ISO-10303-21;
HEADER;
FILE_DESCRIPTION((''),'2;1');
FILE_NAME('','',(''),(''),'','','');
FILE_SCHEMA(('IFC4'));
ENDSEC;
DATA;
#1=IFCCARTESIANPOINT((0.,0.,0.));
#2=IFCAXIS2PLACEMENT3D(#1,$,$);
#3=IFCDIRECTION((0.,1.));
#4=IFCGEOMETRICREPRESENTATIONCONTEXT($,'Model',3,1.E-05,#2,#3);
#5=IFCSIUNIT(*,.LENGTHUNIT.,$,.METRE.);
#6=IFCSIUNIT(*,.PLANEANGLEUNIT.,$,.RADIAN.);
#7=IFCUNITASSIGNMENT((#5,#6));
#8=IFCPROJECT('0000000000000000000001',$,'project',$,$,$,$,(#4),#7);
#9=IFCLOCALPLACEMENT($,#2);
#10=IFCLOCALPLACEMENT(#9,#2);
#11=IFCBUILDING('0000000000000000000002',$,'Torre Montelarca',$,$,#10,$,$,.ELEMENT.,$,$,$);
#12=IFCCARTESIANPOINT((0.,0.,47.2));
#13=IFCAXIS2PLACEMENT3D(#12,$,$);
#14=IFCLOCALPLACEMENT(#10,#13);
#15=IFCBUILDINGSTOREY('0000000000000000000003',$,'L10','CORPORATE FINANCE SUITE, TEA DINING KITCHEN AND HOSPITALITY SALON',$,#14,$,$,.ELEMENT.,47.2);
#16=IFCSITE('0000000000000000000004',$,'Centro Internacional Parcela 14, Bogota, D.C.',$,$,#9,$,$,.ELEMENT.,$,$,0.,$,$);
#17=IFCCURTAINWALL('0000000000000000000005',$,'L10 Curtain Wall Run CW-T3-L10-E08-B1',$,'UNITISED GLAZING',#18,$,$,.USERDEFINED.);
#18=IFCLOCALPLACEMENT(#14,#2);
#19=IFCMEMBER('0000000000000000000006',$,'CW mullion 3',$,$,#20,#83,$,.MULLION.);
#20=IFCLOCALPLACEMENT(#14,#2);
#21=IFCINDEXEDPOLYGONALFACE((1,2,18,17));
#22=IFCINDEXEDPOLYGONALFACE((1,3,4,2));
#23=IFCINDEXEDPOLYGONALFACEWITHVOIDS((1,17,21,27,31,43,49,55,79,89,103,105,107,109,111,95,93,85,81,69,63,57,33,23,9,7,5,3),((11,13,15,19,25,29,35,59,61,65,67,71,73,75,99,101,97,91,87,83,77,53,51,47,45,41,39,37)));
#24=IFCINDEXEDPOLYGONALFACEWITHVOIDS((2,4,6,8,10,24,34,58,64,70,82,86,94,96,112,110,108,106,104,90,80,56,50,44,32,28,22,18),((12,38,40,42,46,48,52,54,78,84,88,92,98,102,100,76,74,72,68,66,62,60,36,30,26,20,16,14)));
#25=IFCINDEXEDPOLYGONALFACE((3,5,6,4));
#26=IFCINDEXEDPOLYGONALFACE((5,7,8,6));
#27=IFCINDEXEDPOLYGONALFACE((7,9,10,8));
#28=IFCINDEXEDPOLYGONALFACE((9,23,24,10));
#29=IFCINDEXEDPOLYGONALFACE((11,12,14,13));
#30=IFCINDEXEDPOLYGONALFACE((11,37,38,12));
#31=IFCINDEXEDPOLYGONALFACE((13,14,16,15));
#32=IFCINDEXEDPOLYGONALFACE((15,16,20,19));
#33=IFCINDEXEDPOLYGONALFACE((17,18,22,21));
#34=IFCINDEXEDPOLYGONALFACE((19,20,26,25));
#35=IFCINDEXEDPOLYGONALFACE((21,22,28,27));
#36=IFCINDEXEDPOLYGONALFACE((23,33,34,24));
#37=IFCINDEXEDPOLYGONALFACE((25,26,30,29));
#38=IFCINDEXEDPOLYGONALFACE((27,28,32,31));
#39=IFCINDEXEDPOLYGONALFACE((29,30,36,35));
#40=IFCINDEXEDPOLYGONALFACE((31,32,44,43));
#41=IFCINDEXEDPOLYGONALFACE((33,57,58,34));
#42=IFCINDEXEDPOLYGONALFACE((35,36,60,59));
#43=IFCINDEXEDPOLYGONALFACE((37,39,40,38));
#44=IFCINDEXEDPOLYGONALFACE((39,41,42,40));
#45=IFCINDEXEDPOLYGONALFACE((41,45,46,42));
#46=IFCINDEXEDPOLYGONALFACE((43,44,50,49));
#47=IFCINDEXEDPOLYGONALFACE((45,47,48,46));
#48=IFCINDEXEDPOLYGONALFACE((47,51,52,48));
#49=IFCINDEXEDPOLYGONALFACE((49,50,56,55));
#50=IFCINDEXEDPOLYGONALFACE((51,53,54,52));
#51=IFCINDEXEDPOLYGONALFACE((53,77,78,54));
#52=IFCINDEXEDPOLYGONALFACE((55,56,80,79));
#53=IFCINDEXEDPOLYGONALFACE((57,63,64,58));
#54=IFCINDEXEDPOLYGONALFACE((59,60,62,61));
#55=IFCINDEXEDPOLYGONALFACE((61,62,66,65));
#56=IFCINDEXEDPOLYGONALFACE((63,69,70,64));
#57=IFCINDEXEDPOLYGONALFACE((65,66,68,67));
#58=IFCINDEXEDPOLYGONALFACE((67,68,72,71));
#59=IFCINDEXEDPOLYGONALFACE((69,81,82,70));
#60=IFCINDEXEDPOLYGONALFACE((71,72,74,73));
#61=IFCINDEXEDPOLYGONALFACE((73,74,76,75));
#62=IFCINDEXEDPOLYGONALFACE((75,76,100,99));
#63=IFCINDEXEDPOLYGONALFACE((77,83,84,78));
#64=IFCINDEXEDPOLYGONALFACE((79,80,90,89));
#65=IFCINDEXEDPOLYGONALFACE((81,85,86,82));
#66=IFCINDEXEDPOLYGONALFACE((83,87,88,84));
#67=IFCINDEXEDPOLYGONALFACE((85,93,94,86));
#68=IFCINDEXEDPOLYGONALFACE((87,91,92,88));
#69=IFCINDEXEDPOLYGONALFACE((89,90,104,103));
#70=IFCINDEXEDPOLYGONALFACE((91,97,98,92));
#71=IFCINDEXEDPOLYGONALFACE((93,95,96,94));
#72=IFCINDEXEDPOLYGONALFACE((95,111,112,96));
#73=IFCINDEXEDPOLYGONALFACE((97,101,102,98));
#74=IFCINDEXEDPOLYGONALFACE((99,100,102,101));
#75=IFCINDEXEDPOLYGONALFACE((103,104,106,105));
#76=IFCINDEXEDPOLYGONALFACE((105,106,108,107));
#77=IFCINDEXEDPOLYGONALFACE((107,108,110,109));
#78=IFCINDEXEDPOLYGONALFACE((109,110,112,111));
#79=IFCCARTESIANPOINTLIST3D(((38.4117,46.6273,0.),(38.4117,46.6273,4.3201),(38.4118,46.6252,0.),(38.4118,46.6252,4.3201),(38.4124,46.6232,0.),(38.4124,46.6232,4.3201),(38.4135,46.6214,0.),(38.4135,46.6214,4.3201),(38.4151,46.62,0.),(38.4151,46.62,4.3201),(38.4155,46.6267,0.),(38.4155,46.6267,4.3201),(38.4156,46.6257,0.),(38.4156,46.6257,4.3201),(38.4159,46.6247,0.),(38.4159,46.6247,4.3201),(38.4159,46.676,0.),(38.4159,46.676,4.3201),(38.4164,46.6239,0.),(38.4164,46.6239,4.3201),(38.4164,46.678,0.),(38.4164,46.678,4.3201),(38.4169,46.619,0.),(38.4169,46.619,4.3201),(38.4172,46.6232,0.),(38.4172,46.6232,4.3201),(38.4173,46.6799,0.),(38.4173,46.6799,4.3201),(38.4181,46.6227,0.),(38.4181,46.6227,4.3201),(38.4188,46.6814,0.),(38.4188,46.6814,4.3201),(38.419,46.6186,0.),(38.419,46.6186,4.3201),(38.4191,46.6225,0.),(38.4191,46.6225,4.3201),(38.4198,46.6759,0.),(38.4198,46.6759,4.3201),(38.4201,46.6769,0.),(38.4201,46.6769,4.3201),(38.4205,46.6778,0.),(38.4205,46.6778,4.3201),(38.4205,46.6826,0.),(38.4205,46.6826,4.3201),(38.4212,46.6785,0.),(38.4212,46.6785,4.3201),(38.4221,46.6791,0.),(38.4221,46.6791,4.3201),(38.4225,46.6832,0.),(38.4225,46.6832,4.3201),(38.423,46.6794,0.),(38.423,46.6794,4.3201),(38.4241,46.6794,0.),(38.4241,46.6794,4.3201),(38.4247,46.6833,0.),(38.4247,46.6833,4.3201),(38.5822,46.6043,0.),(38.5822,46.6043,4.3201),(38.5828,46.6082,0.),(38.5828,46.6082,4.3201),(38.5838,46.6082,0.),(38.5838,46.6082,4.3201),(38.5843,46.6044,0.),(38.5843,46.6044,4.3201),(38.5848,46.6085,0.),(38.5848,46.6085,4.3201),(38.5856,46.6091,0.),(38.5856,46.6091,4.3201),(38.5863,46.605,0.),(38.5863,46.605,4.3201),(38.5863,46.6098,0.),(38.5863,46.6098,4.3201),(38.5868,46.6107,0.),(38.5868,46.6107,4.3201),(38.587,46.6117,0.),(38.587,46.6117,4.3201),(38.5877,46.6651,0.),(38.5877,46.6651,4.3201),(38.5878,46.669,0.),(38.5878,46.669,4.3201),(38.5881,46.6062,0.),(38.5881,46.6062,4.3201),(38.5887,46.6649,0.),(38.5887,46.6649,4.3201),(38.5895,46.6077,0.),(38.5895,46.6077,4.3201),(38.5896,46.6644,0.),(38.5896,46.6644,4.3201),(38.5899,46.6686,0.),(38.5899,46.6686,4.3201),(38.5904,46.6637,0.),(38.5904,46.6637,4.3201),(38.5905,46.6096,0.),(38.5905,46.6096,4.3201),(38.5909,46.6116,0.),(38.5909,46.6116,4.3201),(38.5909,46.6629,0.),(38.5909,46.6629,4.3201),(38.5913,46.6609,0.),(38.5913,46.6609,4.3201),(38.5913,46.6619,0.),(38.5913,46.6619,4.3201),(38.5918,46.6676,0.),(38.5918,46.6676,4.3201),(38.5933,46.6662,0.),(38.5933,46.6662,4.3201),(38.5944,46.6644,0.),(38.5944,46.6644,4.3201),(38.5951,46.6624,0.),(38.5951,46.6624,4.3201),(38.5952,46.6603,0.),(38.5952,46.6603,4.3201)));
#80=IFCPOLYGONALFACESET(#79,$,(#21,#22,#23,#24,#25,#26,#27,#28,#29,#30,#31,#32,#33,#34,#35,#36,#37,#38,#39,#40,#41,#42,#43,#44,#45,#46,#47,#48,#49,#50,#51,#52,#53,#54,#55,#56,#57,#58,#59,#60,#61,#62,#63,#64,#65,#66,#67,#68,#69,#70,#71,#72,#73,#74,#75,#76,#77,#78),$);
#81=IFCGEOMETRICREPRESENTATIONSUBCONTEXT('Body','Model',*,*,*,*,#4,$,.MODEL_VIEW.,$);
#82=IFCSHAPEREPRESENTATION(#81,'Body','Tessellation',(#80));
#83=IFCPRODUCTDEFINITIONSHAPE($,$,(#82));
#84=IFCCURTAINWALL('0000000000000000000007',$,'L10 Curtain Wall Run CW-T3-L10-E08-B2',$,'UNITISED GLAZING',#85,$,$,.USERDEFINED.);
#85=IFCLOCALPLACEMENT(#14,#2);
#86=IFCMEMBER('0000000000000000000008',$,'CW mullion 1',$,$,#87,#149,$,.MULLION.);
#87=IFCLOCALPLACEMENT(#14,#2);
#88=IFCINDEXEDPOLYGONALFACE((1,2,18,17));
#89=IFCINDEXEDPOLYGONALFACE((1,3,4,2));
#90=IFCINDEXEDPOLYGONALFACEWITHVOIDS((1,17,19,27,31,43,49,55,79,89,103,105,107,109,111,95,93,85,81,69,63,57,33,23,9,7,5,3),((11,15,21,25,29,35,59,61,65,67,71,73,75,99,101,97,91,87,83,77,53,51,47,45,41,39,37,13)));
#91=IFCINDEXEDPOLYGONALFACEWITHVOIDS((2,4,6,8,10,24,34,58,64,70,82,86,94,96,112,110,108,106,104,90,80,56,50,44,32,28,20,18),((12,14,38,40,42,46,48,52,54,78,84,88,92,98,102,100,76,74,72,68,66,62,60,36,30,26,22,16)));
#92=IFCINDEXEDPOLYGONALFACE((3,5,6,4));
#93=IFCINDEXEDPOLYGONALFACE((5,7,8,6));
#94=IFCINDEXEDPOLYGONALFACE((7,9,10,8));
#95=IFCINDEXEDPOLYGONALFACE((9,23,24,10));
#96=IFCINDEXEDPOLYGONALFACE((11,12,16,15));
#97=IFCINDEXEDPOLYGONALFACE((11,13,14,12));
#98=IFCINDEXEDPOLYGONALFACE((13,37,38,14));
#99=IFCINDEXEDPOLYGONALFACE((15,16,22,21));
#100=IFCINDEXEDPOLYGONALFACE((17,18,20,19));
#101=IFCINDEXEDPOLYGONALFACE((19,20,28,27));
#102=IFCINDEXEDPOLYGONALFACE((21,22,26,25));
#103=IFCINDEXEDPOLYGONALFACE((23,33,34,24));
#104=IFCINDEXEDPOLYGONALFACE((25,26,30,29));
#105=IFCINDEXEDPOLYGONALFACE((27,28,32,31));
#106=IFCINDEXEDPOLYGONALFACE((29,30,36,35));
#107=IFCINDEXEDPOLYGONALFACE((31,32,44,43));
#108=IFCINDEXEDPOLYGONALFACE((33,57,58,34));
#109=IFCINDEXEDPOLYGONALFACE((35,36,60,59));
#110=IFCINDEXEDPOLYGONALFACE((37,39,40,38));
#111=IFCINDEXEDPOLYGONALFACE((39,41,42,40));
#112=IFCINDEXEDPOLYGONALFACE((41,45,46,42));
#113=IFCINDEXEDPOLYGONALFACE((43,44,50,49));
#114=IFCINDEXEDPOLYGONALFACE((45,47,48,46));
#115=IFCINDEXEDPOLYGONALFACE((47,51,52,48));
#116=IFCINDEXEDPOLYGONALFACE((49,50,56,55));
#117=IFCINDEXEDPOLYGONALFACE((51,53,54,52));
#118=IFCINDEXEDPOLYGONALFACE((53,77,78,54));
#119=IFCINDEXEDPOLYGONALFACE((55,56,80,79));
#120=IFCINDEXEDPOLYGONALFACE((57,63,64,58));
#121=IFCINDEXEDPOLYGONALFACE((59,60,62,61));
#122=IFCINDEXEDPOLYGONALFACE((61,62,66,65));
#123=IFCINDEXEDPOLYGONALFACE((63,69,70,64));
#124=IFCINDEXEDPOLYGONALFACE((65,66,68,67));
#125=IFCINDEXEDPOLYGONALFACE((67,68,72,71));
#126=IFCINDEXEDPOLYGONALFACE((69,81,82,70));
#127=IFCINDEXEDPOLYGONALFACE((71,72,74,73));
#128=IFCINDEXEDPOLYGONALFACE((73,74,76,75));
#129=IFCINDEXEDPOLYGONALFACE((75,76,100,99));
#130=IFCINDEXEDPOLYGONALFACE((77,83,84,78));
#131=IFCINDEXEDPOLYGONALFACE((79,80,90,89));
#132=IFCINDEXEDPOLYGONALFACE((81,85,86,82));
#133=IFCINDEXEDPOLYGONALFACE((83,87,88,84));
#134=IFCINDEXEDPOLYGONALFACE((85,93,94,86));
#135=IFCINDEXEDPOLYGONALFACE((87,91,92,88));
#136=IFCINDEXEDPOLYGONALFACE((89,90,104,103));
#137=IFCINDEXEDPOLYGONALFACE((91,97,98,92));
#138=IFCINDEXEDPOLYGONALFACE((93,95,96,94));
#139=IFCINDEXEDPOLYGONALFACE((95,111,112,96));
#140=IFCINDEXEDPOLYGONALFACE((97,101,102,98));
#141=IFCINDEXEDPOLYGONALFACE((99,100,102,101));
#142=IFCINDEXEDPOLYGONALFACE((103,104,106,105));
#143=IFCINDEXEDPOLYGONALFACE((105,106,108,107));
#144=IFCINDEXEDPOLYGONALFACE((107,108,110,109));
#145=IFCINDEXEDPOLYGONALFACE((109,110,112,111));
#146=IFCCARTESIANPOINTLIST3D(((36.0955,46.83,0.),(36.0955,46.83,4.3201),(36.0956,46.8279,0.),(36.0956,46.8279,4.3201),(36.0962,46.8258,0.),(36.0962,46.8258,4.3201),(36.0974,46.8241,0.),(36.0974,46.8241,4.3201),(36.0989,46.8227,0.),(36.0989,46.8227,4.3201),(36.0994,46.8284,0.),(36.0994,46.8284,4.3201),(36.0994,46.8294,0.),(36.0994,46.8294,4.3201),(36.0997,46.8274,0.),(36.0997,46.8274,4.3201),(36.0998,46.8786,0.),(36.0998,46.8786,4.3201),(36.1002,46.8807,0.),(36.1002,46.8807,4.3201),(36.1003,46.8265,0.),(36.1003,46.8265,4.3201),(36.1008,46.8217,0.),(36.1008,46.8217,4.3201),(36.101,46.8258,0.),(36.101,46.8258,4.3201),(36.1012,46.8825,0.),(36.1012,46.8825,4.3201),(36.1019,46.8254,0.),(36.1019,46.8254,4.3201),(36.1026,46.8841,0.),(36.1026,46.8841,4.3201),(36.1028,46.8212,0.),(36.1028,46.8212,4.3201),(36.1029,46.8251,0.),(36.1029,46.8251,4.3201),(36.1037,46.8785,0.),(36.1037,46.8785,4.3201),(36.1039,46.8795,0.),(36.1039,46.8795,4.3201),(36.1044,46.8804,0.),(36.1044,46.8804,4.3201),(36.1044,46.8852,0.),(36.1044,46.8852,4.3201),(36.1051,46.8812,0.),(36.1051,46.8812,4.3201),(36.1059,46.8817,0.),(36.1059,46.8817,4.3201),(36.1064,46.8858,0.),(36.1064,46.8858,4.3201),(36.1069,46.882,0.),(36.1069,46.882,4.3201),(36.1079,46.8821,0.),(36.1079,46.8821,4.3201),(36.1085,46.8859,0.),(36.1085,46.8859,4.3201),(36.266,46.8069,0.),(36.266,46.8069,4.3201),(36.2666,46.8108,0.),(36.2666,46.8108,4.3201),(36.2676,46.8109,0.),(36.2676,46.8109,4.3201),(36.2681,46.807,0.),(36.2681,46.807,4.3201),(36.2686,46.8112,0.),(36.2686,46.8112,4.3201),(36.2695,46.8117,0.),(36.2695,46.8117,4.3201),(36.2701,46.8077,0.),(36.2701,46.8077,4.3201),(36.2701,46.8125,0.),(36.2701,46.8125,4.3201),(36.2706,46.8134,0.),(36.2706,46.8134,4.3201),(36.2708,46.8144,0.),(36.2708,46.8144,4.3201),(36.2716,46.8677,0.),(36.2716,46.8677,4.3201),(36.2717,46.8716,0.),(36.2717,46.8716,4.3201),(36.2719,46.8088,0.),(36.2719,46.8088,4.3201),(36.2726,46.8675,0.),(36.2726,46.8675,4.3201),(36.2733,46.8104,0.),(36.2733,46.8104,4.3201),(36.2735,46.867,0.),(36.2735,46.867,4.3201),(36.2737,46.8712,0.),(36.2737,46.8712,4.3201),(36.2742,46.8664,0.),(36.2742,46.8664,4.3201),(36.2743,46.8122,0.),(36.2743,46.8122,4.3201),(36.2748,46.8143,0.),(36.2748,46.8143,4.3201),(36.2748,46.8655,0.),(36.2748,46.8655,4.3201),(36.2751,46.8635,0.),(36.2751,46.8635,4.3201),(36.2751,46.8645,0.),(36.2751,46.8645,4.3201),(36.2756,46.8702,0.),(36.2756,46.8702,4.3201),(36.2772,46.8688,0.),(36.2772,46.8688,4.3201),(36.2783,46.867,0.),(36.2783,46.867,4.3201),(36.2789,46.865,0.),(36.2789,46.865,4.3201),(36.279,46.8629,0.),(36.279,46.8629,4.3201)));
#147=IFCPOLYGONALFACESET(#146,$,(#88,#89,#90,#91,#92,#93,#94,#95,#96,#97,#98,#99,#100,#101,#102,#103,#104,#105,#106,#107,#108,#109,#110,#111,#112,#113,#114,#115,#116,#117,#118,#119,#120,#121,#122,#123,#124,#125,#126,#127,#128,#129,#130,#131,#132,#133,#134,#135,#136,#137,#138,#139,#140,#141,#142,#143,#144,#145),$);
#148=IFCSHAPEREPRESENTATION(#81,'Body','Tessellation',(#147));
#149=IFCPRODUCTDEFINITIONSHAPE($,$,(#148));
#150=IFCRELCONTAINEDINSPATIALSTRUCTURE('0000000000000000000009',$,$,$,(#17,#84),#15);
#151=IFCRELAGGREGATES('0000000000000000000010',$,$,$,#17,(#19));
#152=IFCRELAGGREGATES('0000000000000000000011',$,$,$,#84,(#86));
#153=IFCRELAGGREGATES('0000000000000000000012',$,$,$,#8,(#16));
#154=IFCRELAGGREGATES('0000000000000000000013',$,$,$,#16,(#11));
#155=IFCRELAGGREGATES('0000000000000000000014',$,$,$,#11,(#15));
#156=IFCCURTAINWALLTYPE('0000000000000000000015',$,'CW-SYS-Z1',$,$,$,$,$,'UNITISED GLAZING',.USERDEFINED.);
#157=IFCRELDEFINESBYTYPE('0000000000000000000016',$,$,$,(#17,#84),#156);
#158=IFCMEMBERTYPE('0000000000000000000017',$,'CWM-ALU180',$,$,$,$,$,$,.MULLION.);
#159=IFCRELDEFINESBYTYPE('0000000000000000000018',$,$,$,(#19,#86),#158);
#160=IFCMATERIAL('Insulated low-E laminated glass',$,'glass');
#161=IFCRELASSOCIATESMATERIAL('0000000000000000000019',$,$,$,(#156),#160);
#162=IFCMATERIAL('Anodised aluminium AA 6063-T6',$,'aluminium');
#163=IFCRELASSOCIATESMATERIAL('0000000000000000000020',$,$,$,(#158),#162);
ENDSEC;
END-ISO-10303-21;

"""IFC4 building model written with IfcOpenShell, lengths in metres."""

from ifc_helpers import new_model, si_unit, direction, frame, origin, origin_2d, place, context, subcontext, project, spatial, hollow_rectangle, extrude, source, transform, mapped, material, material_profile, profile_set, type_object, element, aggregate, save


model = new_model("IFC4")

# Units and contexts
model_context = context("Model", 3, precision=1e-05, world=origin(), true_north=direction((0.0, 1.0)))
body_context = subcontext(model_context, "Body", "Model", "MODEL_VIEW")
ifc_project = project(units=[si_unit("LENGTHUNIT", "METRE"), si_unit("PLANEANGLEUNIT", "RADIAN")], contexts=[model_context])

# Site, building, storey
site_placement = place(None, origin())
site = spatial("IfcSite", under=ifc_project, at=site_placement, Name="Centro Internacional Parcela 14, Bogota, D.C.", CompositionType="ELEMENT", RefElevation=0.0)
building_placement = place(site_placement, origin())
building = spatial("IfcBuilding", under=site, at=building_placement, Name="Torre Montelarca", CompositionType="ELEMENT")
storey_placement = place(building_placement, frame((0.0, 0.0, 47.2)))
storey = spatial("IfcBuildingStorey", under=building, at=storey_placement, Name="L10", Description="CORPORATE FINANCE SUITE, TEA DINING KITCHEN AND HOSPITALITY SALON", CompositionType="ELEMENT", Elevation=47.2)

# Curtain wall, member
ifc_material_1 = material(Name="Insulated low-E laminated glass", Category="glass")
curtain_wall_type = type_object("IfcCurtainWallType", Name="CW-SYS-Z1", ElementType="UNITISED GLAZING", PredefinedType="USERDEFINED", material=ifc_material_1)
curtain_wall_1_placement = place(storey_placement, origin())
curtain_wall_1 = element("IfcCurtainWall", 1, at=curtain_wall_1_placement, inside=storey, type_object=curtain_wall_type, Name="L10 Curtain Wall Run CW-T3-L10-E08-B1", ObjectType="UNITISED GLAZING", PredefinedType="USERDEFINED")
ifc_material_2 = material(Name="Anodised aluminium AA 6063-T6", Category="aluminium")
ifc_material_profile_1 = material_profile(ifc_material_2, hollow_rectangle(XDim=0.0649, YDim=0.1799, WallThickness=0.0039, InnerFilletRadius=0.0039, OuterFilletRadius=0.0081, at=origin_2d()), Name="ALU65X180X4", Category="aluminium")
ifc_profile_set_1 = profile_set([ifc_material_profile_1], Name="Anodised aluminium AA 6063-T6")
member_type_1 = type_object("IfcMemberType", Name="CWM-ALU180", PredefinedType="MULLION", material=ifc_profile_set_1)
shared_shape_1 = source(origin(), body_context, "Body", "SweptSolid", [
    extrude(hollow_rectangle(XDim=0.0649, YDim=0.1799, WallThickness=0.0039, InnerFilletRadius=0.0039, OuterFilletRadius=0.0081, at=origin_2d()), origin(), (0.0, 0.0, 1.0), 4.3201),
])
member_1_placement = place(storey_placement, frame((38.5034, 46.6438, 0.0), z_axis=(0.0, 0.0, 1.0), x_axis=(-0.087159, -0.996194, 0.0)))
member_1 = element("IfcMember", 2, at=member_1_placement, type_object=member_type_1, Name="CW mullion 3", PredefinedType="MULLION", context=body_context, shape_type="MappedRepresentation", body=[
    mapped(shared_shape_1, transform((0.0, 0.0, 0.0), scale=1.0)),
])
aggregate(curtain_wall_1, [member_1])

# Curtain wall, member
curtain_wall_2_placement = place(storey_placement, origin())
curtain_wall_2 = element("IfcCurtainWall", 3, at=curtain_wall_2_placement, inside=storey, type_object=curtain_wall_type, Name="L10 Curtain Wall Run CW-T3-L10-E08-B2", ObjectType="UNITISED GLAZING", PredefinedType="USERDEFINED")
member_2_placement = place(storey_placement, frame((36.1873, 46.8464, 0.0), z_axis=(0.0, 0.0, 1.0), x_axis=(-0.087152, -0.996195, 0.0)))
member_2 = element("IfcMember", 4, at=member_2_placement, type_object=member_type_1, Name="CW mullion 1", PredefinedType="MULLION", context=body_context, shape_type="MappedRepresentation", body=[
    mapped(shared_shape_1, transform((0.0, 0.0, 0.0), scale=1.0)),
])

aggregate(curtain_wall_2, [member_2])

save(model, "model.ifc")
